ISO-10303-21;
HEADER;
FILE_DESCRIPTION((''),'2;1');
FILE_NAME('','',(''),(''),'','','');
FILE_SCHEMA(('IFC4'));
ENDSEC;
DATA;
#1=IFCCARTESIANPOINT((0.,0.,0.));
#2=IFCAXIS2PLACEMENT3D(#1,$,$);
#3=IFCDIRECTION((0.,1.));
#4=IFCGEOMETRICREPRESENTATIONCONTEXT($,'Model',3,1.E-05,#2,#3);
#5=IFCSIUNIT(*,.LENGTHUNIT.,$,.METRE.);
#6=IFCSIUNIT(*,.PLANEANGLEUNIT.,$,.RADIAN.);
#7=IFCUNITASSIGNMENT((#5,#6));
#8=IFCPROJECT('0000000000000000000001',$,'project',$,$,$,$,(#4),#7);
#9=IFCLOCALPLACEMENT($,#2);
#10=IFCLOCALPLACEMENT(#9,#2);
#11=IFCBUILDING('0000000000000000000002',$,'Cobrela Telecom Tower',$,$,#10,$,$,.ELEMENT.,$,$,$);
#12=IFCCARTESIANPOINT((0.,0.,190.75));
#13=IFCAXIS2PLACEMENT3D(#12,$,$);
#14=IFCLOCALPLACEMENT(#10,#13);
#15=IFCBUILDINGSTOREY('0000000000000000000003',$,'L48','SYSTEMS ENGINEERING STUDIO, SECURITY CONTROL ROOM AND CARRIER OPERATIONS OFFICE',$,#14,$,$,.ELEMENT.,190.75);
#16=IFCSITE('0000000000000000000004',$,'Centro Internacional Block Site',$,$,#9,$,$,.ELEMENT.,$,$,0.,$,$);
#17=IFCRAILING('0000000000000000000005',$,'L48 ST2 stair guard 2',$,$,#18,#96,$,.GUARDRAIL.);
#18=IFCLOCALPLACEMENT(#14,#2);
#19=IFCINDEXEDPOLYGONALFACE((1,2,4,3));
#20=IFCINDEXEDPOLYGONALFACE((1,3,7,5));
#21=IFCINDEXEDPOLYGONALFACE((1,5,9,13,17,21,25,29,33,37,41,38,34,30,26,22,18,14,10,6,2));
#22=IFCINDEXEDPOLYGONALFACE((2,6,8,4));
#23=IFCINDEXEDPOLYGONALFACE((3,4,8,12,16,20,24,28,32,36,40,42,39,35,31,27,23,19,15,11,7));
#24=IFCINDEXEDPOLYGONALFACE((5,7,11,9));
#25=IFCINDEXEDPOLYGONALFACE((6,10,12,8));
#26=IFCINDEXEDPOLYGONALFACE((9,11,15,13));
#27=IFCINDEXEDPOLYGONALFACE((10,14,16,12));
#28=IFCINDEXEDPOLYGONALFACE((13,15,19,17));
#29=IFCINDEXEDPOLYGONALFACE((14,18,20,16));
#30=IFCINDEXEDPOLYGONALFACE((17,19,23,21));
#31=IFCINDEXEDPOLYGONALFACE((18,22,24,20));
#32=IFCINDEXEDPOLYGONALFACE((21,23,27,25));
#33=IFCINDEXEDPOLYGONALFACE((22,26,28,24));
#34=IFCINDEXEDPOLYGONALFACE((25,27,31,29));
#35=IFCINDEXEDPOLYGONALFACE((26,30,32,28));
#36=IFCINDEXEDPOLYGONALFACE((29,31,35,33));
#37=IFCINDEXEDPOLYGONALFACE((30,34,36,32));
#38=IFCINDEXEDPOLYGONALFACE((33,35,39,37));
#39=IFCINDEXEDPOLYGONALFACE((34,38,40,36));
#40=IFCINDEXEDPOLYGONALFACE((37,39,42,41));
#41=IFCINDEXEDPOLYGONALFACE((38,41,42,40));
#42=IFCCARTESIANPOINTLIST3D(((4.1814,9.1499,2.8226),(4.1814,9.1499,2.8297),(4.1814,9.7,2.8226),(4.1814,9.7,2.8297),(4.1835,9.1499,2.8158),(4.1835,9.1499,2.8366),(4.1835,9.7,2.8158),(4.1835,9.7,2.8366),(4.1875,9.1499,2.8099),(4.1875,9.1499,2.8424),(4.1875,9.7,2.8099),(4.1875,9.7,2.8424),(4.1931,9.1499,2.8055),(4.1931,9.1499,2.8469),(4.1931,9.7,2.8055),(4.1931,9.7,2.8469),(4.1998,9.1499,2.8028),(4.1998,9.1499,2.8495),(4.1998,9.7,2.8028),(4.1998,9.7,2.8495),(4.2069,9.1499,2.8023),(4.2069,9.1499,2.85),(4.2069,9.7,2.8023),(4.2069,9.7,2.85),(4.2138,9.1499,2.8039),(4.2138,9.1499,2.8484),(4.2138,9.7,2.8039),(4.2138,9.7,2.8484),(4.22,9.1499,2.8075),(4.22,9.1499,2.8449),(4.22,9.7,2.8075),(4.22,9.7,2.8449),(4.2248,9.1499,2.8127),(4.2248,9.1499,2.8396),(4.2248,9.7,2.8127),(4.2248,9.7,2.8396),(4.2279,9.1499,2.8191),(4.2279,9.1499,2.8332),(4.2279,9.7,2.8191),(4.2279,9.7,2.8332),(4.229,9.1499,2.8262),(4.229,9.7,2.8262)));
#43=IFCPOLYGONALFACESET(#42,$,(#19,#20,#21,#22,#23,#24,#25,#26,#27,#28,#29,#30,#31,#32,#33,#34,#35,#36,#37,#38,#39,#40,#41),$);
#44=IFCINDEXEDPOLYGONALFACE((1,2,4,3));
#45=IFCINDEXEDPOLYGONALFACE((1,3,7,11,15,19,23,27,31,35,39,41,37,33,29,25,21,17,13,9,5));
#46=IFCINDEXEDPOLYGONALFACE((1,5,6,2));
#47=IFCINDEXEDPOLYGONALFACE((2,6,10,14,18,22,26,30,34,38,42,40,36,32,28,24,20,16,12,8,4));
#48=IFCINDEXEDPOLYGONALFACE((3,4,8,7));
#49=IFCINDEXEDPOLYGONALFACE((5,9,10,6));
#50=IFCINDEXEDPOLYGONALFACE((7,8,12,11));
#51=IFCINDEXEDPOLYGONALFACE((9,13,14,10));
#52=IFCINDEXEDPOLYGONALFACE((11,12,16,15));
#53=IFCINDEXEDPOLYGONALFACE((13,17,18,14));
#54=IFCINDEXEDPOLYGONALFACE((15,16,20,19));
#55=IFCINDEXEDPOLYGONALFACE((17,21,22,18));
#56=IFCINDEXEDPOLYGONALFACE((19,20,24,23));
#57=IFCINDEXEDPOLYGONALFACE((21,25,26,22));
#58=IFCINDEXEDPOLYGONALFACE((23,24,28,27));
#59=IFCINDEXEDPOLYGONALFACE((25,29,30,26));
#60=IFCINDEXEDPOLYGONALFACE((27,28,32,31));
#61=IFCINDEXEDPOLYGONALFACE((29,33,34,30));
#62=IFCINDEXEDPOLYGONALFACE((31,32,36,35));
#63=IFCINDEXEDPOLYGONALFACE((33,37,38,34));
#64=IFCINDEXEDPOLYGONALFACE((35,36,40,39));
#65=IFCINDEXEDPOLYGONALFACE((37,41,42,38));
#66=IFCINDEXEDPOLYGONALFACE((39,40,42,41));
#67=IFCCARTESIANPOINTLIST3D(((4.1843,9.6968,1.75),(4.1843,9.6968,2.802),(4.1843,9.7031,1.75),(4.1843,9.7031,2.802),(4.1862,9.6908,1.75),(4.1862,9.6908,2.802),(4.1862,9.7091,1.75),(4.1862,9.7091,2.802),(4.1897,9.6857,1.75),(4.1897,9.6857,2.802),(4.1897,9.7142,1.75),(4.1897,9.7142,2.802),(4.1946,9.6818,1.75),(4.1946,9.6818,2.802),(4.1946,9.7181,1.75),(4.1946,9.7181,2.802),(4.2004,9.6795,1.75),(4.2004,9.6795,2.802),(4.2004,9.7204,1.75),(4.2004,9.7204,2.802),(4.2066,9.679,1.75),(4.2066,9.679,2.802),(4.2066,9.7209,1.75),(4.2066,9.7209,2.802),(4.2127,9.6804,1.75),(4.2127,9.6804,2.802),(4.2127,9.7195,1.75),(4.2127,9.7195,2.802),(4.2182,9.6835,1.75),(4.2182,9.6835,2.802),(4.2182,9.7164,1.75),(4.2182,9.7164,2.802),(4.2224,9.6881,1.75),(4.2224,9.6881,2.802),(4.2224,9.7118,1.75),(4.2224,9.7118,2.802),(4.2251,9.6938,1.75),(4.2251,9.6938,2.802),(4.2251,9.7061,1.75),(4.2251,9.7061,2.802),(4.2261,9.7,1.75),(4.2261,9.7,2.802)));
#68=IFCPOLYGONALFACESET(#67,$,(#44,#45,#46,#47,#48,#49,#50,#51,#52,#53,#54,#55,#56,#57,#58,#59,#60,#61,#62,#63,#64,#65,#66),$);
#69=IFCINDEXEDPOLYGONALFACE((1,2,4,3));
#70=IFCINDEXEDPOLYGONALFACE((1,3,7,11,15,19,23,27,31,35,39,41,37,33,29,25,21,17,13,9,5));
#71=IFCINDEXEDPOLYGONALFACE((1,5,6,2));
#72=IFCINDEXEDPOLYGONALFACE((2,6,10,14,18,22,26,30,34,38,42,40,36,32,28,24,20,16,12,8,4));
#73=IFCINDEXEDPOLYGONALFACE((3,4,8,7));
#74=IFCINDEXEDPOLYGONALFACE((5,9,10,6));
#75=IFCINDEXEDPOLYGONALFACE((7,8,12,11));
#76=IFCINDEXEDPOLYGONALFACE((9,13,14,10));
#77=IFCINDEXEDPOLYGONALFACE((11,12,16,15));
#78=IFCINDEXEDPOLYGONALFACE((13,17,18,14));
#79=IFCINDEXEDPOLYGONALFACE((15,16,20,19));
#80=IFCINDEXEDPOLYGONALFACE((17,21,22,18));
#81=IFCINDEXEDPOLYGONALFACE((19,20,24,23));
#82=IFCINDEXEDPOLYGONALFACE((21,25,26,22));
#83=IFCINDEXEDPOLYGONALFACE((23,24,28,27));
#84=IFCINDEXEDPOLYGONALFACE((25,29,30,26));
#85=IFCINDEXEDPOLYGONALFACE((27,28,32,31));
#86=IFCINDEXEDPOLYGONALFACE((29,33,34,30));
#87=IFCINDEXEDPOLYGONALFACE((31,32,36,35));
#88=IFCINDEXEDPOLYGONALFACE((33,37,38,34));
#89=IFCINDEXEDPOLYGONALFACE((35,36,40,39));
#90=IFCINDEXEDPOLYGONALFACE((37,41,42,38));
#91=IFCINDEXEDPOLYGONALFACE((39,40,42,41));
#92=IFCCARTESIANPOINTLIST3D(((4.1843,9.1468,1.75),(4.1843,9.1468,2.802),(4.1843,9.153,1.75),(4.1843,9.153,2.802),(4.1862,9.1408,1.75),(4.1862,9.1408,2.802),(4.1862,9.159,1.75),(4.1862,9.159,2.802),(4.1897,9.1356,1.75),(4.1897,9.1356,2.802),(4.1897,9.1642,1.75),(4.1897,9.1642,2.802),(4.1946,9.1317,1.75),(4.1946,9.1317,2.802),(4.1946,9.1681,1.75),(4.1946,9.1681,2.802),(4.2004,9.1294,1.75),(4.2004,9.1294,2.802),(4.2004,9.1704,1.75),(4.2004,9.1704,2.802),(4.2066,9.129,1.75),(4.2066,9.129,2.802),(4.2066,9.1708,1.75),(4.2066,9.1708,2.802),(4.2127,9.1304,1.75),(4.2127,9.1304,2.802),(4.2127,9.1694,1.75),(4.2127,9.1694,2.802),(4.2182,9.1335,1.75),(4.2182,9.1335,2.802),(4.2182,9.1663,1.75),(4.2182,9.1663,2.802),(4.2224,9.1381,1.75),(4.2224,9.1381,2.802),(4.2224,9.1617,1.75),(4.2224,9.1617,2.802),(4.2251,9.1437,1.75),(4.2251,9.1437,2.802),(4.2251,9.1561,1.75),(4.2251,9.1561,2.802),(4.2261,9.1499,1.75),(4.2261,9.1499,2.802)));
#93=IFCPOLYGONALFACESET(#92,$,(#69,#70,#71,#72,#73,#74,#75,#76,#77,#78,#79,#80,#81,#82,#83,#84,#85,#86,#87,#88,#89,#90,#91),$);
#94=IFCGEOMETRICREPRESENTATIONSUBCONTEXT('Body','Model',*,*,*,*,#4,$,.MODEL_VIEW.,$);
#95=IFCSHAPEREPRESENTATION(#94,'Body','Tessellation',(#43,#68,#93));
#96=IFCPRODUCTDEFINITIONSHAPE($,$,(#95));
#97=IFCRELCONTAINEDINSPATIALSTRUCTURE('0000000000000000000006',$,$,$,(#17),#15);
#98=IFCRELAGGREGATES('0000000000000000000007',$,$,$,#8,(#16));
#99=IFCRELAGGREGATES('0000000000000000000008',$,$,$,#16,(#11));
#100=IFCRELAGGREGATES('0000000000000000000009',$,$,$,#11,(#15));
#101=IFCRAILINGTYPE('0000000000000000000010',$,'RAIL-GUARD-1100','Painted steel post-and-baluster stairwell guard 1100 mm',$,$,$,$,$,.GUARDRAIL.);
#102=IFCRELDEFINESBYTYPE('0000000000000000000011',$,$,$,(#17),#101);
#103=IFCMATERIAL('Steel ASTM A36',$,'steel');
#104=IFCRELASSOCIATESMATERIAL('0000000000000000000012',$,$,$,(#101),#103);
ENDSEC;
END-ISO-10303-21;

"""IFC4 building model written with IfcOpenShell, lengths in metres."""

from ifc_helpers import new_model, si_unit, direction, frame, origin, origin_2d, place, context, subcontext, project, spatial, circle, extrude, material, type_object, element, save


model = new_model("IFC4")

# Units and contexts
model_context = context("Model", 3, precision=1e-05, world=origin(), true_north=direction((0.0, 1.0)))
body_context = subcontext(model_context, "Body", "Model", "MODEL_VIEW")
ifc_project = project(units=[si_unit("LENGTHUNIT", "METRE"), si_unit("PLANEANGLEUNIT", "RADIAN")], contexts=[model_context])

# Site, building, storey
site_placement = place(None, origin())
site = spatial("IfcSite", under=ifc_project, at=site_placement, Name="Centro Internacional Block Site", CompositionType="ELEMENT", RefElevation=0.0)
building_placement = place(site_placement, origin())
building = spatial("IfcBuilding", under=site, at=building_placement, Name="Cobrela Telecom Tower", CompositionType="ELEMENT")
storey_placement = place(building_placement, frame((0.0, 0.0, 190.75)))
storey = spatial("IfcBuildingStorey", under=building, at=storey_placement, Name="L48", Description="SYSTEMS ENGINEERING STUDIO, SECURITY CONTROL ROOM AND CARRIER OPERATIONS OFFICE", CompositionType="ELEMENT", Elevation=190.75)

# Shared definitions
ifc_material_1 = material(Name="Steel ASTM A36", Category="steel")

# Railing
railing_type = type_object("IfcRailingType", Name="RAIL-GUARD-1100", Description="Painted steel post-and-baluster stairwell guard 1100 mm", PredefinedType="GUARDRAIL", material=ifc_material_1)
railing_1_placement = place(storey_placement, frame((4.2051, 9.7, 1.75)))
element("IfcRailing", 1, at=railing_1_placement, inside=storey, type_object=railing_type, Name="L48 ST2 stair guard 2", PredefinedType="GUARDRAIL", context=body_context, shape_type="SweptSolid", body=[
    extrude(circle(Radius=0.0239, at=origin_2d()), frame((0.0, 0.0, 1.0762), z_axis=(0.0, -1.0, 0.0), x_axis=(1.0, 0.0, 0.0)), (0.0, 0.0, 1.0), 0.55),
    extrude(circle(Radius=0.021, at=origin_2d()), origin(), (0.0, 0.0, 1.0), 1.052),
    extrude(circle(Radius=0.021, at=origin_2d()), frame((0.0, -0.55, 0.0)), (0.0, 0.0, 1.0), 1.052),
])

save(model, "model.ifc")
